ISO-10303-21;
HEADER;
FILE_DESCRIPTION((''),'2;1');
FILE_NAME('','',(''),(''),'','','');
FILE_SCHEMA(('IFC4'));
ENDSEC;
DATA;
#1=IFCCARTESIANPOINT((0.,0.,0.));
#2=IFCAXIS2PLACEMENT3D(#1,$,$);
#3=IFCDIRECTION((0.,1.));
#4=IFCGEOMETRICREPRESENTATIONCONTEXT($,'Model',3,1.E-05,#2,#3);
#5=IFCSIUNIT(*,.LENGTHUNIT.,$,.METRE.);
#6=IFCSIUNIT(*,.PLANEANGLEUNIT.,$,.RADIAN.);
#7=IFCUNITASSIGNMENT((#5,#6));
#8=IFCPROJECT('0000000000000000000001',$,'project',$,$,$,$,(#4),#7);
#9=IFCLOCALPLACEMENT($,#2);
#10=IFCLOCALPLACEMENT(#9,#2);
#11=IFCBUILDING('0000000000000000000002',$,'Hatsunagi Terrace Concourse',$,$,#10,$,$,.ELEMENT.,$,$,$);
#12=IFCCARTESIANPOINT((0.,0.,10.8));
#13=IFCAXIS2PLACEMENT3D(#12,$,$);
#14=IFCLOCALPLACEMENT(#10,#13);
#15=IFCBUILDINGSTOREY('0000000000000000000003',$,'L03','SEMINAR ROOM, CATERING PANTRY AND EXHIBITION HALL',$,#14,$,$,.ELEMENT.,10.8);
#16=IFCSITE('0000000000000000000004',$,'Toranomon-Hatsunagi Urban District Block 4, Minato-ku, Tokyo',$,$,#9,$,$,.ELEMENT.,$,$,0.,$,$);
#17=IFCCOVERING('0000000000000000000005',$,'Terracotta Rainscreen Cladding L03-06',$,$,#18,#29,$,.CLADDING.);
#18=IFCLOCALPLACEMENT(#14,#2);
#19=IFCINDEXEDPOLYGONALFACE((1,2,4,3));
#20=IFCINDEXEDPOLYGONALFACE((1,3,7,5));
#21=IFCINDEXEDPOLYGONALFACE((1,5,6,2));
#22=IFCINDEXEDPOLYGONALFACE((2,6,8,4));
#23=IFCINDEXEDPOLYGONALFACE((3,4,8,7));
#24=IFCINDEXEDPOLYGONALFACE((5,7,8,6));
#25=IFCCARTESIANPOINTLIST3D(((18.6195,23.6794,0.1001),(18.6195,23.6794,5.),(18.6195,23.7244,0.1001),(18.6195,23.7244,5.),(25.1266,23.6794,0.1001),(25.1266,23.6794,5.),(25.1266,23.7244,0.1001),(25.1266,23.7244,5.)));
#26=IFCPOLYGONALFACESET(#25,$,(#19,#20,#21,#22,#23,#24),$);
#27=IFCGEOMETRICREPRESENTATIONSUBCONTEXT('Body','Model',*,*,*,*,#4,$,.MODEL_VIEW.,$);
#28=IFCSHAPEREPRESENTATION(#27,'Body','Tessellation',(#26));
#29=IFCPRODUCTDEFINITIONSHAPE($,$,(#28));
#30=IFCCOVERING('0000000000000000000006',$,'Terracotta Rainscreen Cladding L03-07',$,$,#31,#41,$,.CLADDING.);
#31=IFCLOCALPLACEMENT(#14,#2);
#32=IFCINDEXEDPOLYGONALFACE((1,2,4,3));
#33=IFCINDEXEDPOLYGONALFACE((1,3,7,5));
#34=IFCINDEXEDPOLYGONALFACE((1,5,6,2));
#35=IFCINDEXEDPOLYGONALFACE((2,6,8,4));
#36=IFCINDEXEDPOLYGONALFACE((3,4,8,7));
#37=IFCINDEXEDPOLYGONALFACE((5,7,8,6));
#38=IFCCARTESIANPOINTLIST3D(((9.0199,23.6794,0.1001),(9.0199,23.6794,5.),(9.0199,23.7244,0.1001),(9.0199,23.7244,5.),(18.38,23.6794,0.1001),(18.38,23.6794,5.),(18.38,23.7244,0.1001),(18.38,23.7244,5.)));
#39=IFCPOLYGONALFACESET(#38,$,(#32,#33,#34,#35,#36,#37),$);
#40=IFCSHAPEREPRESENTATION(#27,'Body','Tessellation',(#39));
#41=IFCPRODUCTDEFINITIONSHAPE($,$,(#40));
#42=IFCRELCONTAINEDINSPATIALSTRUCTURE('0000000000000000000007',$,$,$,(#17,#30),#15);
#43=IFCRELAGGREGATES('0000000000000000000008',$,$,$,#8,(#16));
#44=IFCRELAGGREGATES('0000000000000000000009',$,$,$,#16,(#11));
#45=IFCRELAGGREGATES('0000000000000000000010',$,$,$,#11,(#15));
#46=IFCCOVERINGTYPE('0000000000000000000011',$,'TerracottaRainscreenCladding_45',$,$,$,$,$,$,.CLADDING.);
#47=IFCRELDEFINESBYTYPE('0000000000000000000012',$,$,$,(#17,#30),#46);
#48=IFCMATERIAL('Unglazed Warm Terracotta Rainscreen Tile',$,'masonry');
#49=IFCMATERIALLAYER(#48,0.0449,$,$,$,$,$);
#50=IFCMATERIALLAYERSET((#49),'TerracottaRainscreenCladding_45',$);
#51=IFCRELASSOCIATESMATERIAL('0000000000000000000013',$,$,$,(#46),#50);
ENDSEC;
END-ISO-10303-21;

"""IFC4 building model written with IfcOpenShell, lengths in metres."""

from ifc_helpers import new_model, si_unit, direction, frame, origin, origin_2d, place, context, subcontext, project, spatial, rectangle, extrude, material, layer, layer_set, type_object, element, save


model = new_model("IFC4")

# Units and contexts
model_context = context("Model", 3, precision=1e-05, world=origin(), true_north=direction((0.0, 1.0)))
body_context = subcontext(model_context, "Body", "Model", "MODEL_VIEW")
ifc_project = project(units=[si_unit("LENGTHUNIT", "METRE"), si_unit("PLANEANGLEUNIT", "RADIAN")], contexts=[model_context])

# Site, building, storey
site_placement = place(None, origin())
site = spatial("IfcSite", under=ifc_project, at=site_placement, Name="Toranomon-Hatsunagi Urban District Block 4, Minato-ku, Tokyo", CompositionType="ELEMENT", RefElevation=0.0)
building_placement = place(site_placement, origin())
building = spatial("IfcBuilding", under=site, at=building_placement, Name="Hatsunagi Terrace Concourse", CompositionType="ELEMENT")
storey_placement = place(building_placement, frame((0.0, 0.0, 10.8)))
storey = spatial("IfcBuildingStorey", under=building, at=storey_placement, Name="L03", Description="SEMINAR ROOM, CATERING PANTRY AND EXHIBITION HALL", CompositionType="ELEMENT", Elevation=10.8)

# Coverings
ifc_material_1 = material(Name="Unglazed Warm Terracotta Rainscreen Tile", Category="masonry")
ifc_layer_1 = layer(ifc_material_1, 0.0449)
ifc_layer_set_1 = layer_set([ifc_layer_1], Name="TerracottaRainscreenCladding_45")
covering_type = type_object("IfcCoveringType", Name="TerracottaRainscreenCladding_45", PredefinedType="CLADDING", material=ifc_layer_set_1)
covering_1_placement = place(storey_placement, frame((21.873, 23.7019, 0.1001), z_axis=(0.0, 0.0, 1.0), x_axis=(-1.0, 0.0, 0.0)))
element("IfcCovering", 1, at=covering_1_placement, inside=storey, type_object=covering_type, Name="Terracotta Rainscreen Cladding L03-06", PredefinedType="CLADDING", context=body_context, shape_type="SweptSolid", body=[
    extrude(rectangle(XDim=6.5071, YDim=0.0449, at=origin_2d()), origin(), (0.0, 0.0, 1.0), 4.8999),
])
covering_2_placement = place(storey_placement, frame((13.7, 23.7019, 0.1001), z_axis=(0.0, 0.0, 1.0), x_axis=(-1.0, 0.0, 0.0)))
element("IfcCovering", 2, at=covering_2_placement, inside=storey, type_object=covering_type, Name="Terracotta Rainscreen Cladding L03-07", PredefinedType="CLADDING", context=body_context, shape_type="SweptSolid", body=[
    extrude(rectangle(XDim=9.3601, YDim=0.0449, at=origin_2d()), origin(), (0.0, 0.0, 1.0), 4.8999),
])

save(model, "model.ifc")
